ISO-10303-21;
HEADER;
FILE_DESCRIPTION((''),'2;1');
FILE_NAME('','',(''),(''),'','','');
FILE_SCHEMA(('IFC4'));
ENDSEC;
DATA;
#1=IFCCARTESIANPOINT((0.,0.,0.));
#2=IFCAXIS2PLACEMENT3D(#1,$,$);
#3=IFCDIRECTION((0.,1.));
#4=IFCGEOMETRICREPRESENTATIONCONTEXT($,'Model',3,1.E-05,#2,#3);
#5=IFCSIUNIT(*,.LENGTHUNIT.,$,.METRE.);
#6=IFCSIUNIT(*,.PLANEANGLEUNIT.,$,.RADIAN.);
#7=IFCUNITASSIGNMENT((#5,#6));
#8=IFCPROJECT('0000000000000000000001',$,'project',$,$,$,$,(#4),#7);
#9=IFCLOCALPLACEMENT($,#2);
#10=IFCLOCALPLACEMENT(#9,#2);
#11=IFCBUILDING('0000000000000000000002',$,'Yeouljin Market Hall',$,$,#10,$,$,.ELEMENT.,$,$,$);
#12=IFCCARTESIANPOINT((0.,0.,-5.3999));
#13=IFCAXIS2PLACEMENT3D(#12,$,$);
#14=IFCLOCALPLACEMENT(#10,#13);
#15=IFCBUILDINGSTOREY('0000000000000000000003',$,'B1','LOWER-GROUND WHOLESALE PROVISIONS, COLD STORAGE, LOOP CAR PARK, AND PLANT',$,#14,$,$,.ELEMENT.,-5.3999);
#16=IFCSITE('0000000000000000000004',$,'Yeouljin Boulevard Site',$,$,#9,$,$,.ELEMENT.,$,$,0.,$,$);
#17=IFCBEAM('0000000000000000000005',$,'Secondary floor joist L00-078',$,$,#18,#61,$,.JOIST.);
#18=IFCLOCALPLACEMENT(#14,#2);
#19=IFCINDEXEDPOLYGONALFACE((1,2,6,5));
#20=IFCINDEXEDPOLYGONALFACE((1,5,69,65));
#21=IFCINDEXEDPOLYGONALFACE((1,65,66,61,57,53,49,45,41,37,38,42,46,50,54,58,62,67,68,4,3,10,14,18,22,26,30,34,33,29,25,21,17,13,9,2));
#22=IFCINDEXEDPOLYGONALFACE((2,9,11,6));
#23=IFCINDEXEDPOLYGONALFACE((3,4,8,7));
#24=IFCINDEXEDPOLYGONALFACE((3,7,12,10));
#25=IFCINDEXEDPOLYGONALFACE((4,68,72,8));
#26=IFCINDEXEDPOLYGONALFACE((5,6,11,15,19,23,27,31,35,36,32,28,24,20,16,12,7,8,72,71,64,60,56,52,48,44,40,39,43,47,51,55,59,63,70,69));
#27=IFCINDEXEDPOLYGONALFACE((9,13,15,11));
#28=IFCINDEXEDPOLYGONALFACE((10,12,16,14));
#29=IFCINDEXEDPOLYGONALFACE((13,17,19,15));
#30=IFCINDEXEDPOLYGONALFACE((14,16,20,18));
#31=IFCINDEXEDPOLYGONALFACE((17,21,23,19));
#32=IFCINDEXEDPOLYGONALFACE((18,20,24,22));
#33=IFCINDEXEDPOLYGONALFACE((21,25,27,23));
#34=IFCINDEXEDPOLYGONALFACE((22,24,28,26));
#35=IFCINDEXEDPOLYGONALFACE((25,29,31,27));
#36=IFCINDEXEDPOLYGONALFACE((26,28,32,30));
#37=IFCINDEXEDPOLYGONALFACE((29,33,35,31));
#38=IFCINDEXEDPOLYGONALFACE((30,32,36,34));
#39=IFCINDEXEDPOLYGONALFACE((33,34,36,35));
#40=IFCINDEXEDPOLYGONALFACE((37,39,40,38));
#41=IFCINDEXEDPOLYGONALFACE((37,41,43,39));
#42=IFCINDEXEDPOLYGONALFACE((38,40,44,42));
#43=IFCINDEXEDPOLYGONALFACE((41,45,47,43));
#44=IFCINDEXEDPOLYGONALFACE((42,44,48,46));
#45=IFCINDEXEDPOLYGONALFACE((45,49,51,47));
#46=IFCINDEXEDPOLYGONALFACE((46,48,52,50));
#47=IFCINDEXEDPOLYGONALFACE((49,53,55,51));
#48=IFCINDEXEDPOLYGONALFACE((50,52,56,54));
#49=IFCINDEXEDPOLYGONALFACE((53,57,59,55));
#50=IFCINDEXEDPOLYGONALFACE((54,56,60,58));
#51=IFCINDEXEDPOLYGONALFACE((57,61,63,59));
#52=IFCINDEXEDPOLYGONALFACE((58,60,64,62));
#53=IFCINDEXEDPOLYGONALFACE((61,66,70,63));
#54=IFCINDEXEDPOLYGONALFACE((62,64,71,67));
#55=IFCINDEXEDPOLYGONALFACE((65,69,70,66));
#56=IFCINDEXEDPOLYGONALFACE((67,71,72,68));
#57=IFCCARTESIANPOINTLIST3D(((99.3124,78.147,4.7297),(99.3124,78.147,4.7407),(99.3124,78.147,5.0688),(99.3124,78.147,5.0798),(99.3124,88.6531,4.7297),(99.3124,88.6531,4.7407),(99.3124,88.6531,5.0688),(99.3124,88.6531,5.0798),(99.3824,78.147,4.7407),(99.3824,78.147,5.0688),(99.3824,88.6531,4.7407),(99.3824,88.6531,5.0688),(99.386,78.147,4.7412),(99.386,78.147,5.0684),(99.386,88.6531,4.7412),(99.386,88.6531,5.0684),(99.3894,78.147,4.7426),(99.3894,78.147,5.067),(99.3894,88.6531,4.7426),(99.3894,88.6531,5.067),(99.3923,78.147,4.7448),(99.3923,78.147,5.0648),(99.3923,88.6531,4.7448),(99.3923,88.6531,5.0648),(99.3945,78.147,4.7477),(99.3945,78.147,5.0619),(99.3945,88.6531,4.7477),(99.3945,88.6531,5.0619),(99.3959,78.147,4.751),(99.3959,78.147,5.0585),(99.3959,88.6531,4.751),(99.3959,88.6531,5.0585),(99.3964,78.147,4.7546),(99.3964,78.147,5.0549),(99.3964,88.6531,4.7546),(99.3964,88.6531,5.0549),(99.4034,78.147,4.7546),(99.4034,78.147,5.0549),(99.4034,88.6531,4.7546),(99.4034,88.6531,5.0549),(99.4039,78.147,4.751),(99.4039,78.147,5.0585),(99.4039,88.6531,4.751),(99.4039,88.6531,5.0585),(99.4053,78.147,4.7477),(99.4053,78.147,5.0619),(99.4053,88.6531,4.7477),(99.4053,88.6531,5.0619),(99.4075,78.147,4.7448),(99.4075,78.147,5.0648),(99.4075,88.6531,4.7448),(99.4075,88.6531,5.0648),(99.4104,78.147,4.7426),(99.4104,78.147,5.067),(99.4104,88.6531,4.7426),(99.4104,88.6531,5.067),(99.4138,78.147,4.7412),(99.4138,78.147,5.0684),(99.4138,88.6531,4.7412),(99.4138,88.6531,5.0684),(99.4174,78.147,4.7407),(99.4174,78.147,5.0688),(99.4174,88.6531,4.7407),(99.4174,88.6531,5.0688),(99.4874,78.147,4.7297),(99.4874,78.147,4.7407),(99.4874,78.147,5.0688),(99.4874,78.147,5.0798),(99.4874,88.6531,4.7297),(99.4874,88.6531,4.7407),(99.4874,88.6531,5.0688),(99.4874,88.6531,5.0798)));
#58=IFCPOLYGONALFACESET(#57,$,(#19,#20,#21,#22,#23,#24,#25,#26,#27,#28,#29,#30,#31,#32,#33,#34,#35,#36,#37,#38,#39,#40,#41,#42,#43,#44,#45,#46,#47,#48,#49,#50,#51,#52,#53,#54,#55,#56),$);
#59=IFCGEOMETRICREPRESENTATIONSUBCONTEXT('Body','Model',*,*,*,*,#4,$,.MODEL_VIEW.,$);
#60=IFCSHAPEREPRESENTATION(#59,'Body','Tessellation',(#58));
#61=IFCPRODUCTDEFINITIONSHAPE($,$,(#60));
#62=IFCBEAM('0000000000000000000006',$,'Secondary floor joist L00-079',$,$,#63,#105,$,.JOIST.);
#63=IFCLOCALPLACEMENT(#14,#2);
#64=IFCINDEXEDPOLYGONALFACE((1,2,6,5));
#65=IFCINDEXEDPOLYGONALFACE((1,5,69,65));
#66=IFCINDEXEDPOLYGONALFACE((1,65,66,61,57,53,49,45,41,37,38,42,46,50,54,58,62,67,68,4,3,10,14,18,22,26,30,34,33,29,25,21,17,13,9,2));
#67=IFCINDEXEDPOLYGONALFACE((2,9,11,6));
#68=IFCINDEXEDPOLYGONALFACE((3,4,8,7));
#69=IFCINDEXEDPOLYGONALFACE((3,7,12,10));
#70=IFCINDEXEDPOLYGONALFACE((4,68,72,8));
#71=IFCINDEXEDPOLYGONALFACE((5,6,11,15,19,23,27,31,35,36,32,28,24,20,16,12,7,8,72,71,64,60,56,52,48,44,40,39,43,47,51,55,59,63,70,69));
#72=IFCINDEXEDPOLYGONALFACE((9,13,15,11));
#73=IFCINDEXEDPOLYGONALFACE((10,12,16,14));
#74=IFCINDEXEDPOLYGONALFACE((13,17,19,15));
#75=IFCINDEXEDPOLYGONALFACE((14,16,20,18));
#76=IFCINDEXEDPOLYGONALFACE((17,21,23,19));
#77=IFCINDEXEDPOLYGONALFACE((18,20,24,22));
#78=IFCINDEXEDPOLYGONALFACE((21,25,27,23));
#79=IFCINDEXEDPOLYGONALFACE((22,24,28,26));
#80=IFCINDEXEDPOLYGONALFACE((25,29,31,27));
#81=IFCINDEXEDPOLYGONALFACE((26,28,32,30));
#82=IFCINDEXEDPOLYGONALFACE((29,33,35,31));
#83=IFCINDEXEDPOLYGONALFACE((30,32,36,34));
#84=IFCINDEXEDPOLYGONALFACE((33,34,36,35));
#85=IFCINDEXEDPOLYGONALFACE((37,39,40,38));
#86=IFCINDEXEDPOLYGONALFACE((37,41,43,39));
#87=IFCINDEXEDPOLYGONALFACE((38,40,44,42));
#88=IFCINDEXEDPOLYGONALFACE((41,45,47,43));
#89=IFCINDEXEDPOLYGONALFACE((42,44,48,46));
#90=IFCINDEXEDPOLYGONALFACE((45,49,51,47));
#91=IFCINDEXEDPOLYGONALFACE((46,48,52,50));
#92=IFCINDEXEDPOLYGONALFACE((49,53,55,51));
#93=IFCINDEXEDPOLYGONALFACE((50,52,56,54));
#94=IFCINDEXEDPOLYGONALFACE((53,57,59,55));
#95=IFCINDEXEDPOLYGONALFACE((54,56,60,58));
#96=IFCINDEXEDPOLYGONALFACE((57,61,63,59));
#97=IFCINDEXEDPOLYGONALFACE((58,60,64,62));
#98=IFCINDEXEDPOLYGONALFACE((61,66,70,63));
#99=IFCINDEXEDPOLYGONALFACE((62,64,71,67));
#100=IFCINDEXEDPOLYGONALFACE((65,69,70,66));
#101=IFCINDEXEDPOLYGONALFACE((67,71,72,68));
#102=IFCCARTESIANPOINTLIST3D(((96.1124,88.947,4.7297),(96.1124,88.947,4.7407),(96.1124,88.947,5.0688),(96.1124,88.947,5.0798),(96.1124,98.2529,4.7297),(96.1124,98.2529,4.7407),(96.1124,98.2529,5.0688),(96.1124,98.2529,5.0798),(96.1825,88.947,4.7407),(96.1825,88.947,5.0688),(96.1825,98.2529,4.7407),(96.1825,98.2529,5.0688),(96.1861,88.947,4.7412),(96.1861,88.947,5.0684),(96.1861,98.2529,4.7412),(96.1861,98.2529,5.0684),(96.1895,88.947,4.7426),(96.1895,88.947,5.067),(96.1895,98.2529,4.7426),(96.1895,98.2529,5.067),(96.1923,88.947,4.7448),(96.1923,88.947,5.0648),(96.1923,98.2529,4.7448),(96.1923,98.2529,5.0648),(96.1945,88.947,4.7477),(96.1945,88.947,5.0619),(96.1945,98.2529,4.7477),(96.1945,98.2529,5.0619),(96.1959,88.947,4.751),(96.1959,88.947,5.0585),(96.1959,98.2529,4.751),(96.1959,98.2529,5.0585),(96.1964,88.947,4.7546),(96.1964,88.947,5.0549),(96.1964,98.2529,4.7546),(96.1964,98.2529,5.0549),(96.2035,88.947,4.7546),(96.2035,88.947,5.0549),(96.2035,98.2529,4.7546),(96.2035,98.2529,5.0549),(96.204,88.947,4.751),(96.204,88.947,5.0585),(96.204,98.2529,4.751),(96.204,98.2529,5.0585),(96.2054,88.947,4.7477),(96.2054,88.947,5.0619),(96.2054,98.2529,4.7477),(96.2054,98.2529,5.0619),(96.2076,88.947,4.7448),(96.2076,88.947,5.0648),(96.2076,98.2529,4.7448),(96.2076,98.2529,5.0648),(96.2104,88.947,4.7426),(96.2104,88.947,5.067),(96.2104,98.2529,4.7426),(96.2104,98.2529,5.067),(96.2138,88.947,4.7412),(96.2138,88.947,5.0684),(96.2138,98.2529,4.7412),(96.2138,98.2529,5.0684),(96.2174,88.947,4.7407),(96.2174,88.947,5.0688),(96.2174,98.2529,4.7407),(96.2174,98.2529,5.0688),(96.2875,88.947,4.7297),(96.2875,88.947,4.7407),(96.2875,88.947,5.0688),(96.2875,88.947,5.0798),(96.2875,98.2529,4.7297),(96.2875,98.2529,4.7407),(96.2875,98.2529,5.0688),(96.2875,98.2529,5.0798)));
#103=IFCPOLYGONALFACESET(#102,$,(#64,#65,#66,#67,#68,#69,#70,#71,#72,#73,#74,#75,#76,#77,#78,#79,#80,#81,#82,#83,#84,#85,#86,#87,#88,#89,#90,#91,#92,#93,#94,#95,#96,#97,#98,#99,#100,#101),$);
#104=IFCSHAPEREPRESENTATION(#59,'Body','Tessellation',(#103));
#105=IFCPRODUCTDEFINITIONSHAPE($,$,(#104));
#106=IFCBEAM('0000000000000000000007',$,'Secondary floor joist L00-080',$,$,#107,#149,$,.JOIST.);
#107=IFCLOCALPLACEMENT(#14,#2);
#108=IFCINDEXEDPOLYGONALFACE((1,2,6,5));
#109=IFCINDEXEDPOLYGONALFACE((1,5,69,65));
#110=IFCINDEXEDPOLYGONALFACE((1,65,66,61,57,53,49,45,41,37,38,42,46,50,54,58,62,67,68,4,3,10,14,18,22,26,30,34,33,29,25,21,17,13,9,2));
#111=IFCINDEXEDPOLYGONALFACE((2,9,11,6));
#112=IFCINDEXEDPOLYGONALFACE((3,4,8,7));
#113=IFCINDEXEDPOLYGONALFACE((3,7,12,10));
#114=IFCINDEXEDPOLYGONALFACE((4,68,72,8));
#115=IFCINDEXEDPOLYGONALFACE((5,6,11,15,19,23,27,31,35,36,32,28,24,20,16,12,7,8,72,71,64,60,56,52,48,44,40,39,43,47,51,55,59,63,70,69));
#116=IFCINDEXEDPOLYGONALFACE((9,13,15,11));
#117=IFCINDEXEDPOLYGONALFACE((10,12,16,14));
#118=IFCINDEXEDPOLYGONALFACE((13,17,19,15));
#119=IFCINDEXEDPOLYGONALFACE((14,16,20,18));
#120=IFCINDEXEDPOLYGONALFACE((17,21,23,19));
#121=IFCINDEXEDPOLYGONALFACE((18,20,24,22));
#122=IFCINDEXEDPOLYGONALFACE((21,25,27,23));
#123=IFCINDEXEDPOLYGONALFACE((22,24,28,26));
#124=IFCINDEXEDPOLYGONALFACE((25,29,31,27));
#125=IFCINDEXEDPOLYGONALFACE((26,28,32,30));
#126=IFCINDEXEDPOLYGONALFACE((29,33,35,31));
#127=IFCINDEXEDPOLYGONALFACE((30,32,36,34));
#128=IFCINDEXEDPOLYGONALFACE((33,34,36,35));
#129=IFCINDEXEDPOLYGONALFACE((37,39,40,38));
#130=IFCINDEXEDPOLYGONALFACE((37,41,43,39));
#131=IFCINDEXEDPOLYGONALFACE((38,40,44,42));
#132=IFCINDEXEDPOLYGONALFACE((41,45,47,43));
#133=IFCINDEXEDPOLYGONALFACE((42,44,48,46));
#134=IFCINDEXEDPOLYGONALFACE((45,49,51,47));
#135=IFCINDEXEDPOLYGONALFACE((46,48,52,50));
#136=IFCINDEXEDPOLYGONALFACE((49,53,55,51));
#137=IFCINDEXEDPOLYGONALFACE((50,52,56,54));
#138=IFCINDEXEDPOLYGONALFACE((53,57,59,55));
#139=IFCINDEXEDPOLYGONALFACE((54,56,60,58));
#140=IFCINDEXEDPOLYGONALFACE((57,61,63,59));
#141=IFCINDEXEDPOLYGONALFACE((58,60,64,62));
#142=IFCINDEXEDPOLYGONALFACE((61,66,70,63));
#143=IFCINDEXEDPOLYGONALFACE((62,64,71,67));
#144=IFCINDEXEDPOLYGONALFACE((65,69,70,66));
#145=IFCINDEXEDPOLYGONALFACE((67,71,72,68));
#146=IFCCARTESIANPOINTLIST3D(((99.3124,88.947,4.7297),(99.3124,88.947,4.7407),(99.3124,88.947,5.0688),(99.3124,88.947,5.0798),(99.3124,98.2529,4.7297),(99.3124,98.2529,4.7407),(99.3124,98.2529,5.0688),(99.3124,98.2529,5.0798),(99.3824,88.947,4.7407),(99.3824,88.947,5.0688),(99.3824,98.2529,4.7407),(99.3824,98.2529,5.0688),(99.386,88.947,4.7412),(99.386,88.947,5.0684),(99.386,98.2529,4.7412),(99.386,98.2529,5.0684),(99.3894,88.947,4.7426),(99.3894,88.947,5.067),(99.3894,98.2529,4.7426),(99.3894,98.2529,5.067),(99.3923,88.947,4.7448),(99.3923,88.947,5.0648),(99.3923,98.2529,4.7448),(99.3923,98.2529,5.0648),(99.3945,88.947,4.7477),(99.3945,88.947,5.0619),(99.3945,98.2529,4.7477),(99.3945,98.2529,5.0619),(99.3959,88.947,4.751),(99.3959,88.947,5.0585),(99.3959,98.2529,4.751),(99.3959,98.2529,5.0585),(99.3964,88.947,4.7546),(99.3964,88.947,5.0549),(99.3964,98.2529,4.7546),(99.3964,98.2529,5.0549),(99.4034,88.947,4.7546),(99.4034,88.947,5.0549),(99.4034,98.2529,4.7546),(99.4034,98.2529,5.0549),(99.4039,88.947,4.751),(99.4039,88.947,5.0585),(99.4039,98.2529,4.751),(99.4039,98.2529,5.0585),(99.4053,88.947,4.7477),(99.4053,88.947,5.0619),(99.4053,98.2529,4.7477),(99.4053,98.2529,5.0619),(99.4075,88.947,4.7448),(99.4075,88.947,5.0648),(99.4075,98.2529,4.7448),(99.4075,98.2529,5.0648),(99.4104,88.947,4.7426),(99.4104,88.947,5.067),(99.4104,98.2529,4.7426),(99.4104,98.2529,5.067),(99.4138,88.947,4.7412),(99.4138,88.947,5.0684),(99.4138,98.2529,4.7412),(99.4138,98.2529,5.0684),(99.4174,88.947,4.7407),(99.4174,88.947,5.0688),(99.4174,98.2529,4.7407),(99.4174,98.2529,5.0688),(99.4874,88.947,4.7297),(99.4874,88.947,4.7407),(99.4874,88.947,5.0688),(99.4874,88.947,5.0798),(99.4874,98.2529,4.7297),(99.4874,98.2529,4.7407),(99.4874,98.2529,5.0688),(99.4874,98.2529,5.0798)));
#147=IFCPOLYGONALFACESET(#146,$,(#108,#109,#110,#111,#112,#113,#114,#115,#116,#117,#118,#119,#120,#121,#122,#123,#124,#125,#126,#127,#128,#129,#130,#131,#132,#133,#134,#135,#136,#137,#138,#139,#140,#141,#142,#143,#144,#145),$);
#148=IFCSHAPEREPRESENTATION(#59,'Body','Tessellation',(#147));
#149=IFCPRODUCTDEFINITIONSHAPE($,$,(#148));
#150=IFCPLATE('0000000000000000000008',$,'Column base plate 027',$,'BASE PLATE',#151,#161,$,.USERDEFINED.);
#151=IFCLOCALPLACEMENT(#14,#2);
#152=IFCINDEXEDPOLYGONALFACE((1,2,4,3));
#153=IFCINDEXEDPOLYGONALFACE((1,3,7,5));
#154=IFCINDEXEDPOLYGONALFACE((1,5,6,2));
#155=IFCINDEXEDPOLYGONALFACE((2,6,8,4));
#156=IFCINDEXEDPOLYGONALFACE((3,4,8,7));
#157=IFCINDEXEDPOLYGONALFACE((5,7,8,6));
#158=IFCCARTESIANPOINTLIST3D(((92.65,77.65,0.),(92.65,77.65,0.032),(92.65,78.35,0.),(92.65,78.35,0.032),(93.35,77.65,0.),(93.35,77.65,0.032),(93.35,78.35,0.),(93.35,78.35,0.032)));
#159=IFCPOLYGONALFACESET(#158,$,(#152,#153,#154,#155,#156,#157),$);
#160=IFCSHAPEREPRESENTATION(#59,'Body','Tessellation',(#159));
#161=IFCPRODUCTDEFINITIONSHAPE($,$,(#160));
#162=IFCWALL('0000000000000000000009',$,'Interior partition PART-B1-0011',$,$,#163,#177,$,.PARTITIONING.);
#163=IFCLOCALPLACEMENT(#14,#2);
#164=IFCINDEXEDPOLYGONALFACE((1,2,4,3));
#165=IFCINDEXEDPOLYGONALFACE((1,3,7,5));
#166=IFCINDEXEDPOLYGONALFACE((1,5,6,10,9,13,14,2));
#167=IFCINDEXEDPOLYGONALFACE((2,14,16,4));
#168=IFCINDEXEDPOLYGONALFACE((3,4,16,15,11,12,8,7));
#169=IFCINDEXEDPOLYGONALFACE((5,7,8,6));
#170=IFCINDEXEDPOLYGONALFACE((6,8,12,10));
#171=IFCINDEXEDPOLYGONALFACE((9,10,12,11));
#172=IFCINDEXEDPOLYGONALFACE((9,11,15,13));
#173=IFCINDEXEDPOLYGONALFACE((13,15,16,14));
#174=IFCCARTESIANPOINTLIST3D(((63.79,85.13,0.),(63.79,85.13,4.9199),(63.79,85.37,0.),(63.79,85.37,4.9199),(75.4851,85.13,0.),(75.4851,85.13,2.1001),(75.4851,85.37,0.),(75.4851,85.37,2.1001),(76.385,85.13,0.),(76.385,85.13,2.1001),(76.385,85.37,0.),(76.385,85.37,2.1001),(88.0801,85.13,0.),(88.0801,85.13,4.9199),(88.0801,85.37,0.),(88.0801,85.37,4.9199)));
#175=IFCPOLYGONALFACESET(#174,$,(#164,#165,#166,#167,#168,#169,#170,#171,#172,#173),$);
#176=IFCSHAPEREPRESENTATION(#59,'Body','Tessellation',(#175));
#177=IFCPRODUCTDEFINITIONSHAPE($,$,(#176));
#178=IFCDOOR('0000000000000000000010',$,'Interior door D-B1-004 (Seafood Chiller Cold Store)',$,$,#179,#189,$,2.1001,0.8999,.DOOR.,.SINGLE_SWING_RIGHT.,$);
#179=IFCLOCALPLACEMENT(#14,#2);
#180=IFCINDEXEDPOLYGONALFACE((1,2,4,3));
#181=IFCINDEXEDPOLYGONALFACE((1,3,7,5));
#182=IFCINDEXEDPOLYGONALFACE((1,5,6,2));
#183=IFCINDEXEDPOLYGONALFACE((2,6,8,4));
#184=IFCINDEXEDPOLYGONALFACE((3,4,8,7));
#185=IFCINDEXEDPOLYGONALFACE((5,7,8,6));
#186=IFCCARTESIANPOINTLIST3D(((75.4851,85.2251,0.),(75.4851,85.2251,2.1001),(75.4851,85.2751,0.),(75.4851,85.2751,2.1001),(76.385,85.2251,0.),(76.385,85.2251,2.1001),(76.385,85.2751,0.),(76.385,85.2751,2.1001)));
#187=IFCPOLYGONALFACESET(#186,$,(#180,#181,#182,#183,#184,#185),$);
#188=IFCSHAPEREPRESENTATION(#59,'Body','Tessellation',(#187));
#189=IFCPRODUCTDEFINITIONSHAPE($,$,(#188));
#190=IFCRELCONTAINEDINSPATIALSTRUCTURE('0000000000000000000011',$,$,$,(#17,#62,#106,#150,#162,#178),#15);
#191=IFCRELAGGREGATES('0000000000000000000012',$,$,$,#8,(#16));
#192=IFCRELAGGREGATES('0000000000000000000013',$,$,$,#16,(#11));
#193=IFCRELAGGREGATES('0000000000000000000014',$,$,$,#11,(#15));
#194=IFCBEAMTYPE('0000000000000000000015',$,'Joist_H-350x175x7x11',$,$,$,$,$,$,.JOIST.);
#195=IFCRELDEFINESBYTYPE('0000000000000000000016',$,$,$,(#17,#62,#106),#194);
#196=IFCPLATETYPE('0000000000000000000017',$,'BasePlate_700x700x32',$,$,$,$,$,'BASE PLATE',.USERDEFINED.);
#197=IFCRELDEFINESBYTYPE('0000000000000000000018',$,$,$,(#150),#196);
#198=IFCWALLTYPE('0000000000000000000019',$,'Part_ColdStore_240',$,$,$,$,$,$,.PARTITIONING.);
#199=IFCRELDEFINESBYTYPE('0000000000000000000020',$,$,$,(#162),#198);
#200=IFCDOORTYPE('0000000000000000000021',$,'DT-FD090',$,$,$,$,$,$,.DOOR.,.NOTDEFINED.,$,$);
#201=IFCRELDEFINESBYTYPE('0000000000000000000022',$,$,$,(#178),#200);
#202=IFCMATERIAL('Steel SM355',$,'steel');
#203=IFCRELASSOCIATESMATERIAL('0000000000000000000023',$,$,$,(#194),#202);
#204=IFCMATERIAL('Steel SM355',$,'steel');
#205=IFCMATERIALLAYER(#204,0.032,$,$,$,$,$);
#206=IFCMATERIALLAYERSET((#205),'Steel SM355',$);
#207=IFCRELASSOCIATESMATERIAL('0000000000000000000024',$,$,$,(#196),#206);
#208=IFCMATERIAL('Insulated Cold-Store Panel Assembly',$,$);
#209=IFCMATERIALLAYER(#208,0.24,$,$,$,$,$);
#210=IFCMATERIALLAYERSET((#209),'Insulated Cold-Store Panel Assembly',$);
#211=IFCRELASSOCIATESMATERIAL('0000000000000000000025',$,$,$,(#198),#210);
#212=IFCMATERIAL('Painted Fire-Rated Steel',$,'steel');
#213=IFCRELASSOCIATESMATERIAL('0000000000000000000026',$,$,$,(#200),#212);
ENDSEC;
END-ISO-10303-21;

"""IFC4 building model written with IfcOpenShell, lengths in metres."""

from ifc_helpers import new_model, si_unit, direction, frame, frame_2d, origin, origin_2d, place, context, subcontext, project, spatial, rectangle, i_section, extrude, material, layer, layer_set, material_profile, profile_set, type_object, element, fill, save


model = new_model("IFC4")

# Units and contexts
model_context = context("Model", 3, precision=1e-05, world=origin(), true_north=direction((0.0, 1.0)))
body_context = subcontext(model_context, "Body", "Model", "MODEL_VIEW")
ifc_project = project(units=[si_unit("LENGTHUNIT", "METRE"), si_unit("PLANEANGLEUNIT", "RADIAN")], contexts=[model_context])

# Site, building, storey
site_placement = place(None, origin())
site = spatial("IfcSite", under=ifc_project, at=site_placement, Name="Yeouljin Boulevard Site", CompositionType="ELEMENT", RefElevation=0.0)
building_placement = place(site_placement, origin())
building = spatial("IfcBuilding", under=site, at=building_placement, Name="Yeouljin Market Hall", CompositionType="ELEMENT")
storey_placement = place(building_placement, frame((0.0, 0.0, -5.3999)))
storey = spatial("IfcBuildingStorey", under=building, at=storey_placement, Name="B1", Description="LOWER-GROUND WHOLESALE PROVISIONS, COLD STORAGE, LOOP CAR PARK, AND PLANT", CompositionType="ELEMENT", Elevation=-5.3999)

# Beams
ifc_material_1 = material(Name="Steel SM355", Category="steel")
ifc_material_profile_1 = material_profile(ifc_material_1, i_section(OverallWidth=0.175, OverallDepth=0.3501, WebThickness=0.0071, FlangeThickness=0.011, FilletRadius=0.0139, at=origin_2d()), Name="H-350x175x7x11")
ifc_profile_set_1 = profile_set([ifc_material_profile_1], Name="Steel SM355")
beam_type_1 = type_object("IfcBeamType", Name="Joist_H-350x175x7x11", PredefinedType="JOIST", material=ifc_profile_set_1)
for number, where, z_axis, x_axis, name in (
    (1, (99.3999, 78.147, 4.9048), (0.0, 1.0, 0.0), (-1.0, 0.0, 0.0), "Secondary floor joist L00-078"),
):
    element("IfcBeam", number, at=place(storey_placement, frame(where, z_axis=z_axis, x_axis=x_axis)), inside=storey, type_object=beam_type_1, Name=name, PredefinedType="JOIST", context=body_context, shape_type="SweptSolid", body=[
        extrude(i_section(OverallWidth=0.175, OverallDepth=0.3501, WebThickness=0.0071, FlangeThickness=0.011, FilletRadius=0.0139, at=origin_2d()), origin(), (0.0, 0.0, 1.0), 10.5061),
    ])
for number, where, z_axis, x_axis, name in (
    (2, (96.2, 88.947, 4.9048), (0.0, 1.0, 0.0), (-1.0, 0.0, 0.0), "Secondary floor joist L00-079"),
    (3, (99.3999, 88.947, 4.9048), (0.0, 1.0, 0.0), (-1.0, 0.0, 0.0), "Secondary floor joist L00-080"),
):
    element("IfcBeam", number, at=place(storey_placement, frame(where, z_axis=z_axis, x_axis=x_axis)), inside=storey, type_object=beam_type_1, Name=name, PredefinedType="JOIST", context=body_context, shape_type="SweptSolid", body=[
        extrude(i_section(OverallWidth=0.175, OverallDepth=0.3501, WebThickness=0.0071, FlangeThickness=0.011, FilletRadius=0.0139, at=origin_2d()), origin(), (0.0, 0.0, 1.0), 9.3059),
    ])

# Plate
ifc_material_2 = material(Name="Steel SM355", Category="steel")
ifc_layer_1 = layer(ifc_material_2, 0.032)
ifc_layer_set_1 = layer_set([ifc_layer_1], Name="Steel SM355")
plate_type = type_object("IfcPlateType", Name="BasePlate_700x700x32", ElementType="BASE PLATE", PredefinedType="USERDEFINED", material=ifc_layer_set_1)
plate_placement = place(storey_placement, frame((93.0, 78.0, 0.0), z_axis=(0.0, 0.0, 1.0), x_axis=(1.0, 0.0, 0.0)))
element("IfcPlate", 4, at=plate_placement, inside=storey, type_object=plate_type, Name="Column base plate 027", ObjectType="BASE PLATE", PredefinedType="USERDEFINED", context=body_context, shape_type="SweptSolid", body=[
    extrude(rectangle(XDim=0.7, YDim=0.7, at=origin_2d()), origin(), (0.0, 0.0, 1.0), 0.032),
])

# Wall, opening, door
ifc_material_3 = material(Name="Insulated Cold-Store Panel Assembly")
ifc_layer_2 = layer(ifc_material_3, 0.24)
ifc_layer_set_2 = layer_set([ifc_layer_2], Name="Insulated Cold-Store Panel Assembly")
wall_type = type_object("IfcWallType", Name="Part_ColdStore_240", PredefinedType="PARTITIONING", material=ifc_layer_set_2)
wall_1_placement = place(storey_placement, frame((88.0801, 85.25, 0.0), z_axis=(0.0, 0.0, 1.0), x_axis=(-1.0, 0.0, 0.0)))
wall_1 = element("IfcWall", 5, at=wall_1_placement, inside=storey, type_object=wall_type, Name="Interior partition PART-B1-0011", PredefinedType="PARTITIONING", context=body_context, shape_type="SweptSolid", body=[
    extrude(rectangle(XDim=24.29, YDim=0.24, at=frame_2d((12.145, 0.0))), origin(), (0.0, 0.0, 1.0), 4.9199),
])
opening_placement = place(wall_1_placement, frame((11.6951, 0.0, 0.0)))
opening = element("IfcOpeningElement", 6, at=opening_placement, cuts=wall_1, PredefinedType="OPENING", context=body_context, shape_type="SweptSolid", body=[
    extrude(rectangle(XDim=0.8999, YDim=2.1001, at=frame_2d((0.45, 1.05))), frame((0.0, 0.1299, 0.0), z_axis=(0.0, -1.0, 0.0), x_axis=(1.0, 0.0, 0.0)), (0.0, 0.0, 1.0), 0.26),
])
ifc_material_4 = material(Name="Painted Fire-Rated Steel", Category="steel")
door_type = type_object("IfcDoorType", Name="DT-FD090", OperationType="NOTDEFINED", PredefinedType="DOOR", material=ifc_material_4)
door_placement = place(opening_placement, origin())
door = element("IfcDoor", 7, at=door_placement, inside=storey, type_object=door_type, Name="Interior door D-B1-004 (Seafood Chiller Cold Store)", OperationType="SINGLE_SWING_RIGHT", OverallHeight=2.1001, OverallWidth=0.8999, PredefinedType="DOOR", context=body_context, shape_type="SweptSolid", body=[
    extrude(rectangle(XDim=0.8999, YDim=2.1001, at=frame_2d((0.45, 1.05))), frame((0.0, 0.0249, 0.0), z_axis=(0.0, -1.0, 0.0), x_axis=(1.0, 0.0, 0.0)), (0.0, 0.0, 1.0), 0.05),
])
fill(opening, door)

save(model, "model.ifc")
